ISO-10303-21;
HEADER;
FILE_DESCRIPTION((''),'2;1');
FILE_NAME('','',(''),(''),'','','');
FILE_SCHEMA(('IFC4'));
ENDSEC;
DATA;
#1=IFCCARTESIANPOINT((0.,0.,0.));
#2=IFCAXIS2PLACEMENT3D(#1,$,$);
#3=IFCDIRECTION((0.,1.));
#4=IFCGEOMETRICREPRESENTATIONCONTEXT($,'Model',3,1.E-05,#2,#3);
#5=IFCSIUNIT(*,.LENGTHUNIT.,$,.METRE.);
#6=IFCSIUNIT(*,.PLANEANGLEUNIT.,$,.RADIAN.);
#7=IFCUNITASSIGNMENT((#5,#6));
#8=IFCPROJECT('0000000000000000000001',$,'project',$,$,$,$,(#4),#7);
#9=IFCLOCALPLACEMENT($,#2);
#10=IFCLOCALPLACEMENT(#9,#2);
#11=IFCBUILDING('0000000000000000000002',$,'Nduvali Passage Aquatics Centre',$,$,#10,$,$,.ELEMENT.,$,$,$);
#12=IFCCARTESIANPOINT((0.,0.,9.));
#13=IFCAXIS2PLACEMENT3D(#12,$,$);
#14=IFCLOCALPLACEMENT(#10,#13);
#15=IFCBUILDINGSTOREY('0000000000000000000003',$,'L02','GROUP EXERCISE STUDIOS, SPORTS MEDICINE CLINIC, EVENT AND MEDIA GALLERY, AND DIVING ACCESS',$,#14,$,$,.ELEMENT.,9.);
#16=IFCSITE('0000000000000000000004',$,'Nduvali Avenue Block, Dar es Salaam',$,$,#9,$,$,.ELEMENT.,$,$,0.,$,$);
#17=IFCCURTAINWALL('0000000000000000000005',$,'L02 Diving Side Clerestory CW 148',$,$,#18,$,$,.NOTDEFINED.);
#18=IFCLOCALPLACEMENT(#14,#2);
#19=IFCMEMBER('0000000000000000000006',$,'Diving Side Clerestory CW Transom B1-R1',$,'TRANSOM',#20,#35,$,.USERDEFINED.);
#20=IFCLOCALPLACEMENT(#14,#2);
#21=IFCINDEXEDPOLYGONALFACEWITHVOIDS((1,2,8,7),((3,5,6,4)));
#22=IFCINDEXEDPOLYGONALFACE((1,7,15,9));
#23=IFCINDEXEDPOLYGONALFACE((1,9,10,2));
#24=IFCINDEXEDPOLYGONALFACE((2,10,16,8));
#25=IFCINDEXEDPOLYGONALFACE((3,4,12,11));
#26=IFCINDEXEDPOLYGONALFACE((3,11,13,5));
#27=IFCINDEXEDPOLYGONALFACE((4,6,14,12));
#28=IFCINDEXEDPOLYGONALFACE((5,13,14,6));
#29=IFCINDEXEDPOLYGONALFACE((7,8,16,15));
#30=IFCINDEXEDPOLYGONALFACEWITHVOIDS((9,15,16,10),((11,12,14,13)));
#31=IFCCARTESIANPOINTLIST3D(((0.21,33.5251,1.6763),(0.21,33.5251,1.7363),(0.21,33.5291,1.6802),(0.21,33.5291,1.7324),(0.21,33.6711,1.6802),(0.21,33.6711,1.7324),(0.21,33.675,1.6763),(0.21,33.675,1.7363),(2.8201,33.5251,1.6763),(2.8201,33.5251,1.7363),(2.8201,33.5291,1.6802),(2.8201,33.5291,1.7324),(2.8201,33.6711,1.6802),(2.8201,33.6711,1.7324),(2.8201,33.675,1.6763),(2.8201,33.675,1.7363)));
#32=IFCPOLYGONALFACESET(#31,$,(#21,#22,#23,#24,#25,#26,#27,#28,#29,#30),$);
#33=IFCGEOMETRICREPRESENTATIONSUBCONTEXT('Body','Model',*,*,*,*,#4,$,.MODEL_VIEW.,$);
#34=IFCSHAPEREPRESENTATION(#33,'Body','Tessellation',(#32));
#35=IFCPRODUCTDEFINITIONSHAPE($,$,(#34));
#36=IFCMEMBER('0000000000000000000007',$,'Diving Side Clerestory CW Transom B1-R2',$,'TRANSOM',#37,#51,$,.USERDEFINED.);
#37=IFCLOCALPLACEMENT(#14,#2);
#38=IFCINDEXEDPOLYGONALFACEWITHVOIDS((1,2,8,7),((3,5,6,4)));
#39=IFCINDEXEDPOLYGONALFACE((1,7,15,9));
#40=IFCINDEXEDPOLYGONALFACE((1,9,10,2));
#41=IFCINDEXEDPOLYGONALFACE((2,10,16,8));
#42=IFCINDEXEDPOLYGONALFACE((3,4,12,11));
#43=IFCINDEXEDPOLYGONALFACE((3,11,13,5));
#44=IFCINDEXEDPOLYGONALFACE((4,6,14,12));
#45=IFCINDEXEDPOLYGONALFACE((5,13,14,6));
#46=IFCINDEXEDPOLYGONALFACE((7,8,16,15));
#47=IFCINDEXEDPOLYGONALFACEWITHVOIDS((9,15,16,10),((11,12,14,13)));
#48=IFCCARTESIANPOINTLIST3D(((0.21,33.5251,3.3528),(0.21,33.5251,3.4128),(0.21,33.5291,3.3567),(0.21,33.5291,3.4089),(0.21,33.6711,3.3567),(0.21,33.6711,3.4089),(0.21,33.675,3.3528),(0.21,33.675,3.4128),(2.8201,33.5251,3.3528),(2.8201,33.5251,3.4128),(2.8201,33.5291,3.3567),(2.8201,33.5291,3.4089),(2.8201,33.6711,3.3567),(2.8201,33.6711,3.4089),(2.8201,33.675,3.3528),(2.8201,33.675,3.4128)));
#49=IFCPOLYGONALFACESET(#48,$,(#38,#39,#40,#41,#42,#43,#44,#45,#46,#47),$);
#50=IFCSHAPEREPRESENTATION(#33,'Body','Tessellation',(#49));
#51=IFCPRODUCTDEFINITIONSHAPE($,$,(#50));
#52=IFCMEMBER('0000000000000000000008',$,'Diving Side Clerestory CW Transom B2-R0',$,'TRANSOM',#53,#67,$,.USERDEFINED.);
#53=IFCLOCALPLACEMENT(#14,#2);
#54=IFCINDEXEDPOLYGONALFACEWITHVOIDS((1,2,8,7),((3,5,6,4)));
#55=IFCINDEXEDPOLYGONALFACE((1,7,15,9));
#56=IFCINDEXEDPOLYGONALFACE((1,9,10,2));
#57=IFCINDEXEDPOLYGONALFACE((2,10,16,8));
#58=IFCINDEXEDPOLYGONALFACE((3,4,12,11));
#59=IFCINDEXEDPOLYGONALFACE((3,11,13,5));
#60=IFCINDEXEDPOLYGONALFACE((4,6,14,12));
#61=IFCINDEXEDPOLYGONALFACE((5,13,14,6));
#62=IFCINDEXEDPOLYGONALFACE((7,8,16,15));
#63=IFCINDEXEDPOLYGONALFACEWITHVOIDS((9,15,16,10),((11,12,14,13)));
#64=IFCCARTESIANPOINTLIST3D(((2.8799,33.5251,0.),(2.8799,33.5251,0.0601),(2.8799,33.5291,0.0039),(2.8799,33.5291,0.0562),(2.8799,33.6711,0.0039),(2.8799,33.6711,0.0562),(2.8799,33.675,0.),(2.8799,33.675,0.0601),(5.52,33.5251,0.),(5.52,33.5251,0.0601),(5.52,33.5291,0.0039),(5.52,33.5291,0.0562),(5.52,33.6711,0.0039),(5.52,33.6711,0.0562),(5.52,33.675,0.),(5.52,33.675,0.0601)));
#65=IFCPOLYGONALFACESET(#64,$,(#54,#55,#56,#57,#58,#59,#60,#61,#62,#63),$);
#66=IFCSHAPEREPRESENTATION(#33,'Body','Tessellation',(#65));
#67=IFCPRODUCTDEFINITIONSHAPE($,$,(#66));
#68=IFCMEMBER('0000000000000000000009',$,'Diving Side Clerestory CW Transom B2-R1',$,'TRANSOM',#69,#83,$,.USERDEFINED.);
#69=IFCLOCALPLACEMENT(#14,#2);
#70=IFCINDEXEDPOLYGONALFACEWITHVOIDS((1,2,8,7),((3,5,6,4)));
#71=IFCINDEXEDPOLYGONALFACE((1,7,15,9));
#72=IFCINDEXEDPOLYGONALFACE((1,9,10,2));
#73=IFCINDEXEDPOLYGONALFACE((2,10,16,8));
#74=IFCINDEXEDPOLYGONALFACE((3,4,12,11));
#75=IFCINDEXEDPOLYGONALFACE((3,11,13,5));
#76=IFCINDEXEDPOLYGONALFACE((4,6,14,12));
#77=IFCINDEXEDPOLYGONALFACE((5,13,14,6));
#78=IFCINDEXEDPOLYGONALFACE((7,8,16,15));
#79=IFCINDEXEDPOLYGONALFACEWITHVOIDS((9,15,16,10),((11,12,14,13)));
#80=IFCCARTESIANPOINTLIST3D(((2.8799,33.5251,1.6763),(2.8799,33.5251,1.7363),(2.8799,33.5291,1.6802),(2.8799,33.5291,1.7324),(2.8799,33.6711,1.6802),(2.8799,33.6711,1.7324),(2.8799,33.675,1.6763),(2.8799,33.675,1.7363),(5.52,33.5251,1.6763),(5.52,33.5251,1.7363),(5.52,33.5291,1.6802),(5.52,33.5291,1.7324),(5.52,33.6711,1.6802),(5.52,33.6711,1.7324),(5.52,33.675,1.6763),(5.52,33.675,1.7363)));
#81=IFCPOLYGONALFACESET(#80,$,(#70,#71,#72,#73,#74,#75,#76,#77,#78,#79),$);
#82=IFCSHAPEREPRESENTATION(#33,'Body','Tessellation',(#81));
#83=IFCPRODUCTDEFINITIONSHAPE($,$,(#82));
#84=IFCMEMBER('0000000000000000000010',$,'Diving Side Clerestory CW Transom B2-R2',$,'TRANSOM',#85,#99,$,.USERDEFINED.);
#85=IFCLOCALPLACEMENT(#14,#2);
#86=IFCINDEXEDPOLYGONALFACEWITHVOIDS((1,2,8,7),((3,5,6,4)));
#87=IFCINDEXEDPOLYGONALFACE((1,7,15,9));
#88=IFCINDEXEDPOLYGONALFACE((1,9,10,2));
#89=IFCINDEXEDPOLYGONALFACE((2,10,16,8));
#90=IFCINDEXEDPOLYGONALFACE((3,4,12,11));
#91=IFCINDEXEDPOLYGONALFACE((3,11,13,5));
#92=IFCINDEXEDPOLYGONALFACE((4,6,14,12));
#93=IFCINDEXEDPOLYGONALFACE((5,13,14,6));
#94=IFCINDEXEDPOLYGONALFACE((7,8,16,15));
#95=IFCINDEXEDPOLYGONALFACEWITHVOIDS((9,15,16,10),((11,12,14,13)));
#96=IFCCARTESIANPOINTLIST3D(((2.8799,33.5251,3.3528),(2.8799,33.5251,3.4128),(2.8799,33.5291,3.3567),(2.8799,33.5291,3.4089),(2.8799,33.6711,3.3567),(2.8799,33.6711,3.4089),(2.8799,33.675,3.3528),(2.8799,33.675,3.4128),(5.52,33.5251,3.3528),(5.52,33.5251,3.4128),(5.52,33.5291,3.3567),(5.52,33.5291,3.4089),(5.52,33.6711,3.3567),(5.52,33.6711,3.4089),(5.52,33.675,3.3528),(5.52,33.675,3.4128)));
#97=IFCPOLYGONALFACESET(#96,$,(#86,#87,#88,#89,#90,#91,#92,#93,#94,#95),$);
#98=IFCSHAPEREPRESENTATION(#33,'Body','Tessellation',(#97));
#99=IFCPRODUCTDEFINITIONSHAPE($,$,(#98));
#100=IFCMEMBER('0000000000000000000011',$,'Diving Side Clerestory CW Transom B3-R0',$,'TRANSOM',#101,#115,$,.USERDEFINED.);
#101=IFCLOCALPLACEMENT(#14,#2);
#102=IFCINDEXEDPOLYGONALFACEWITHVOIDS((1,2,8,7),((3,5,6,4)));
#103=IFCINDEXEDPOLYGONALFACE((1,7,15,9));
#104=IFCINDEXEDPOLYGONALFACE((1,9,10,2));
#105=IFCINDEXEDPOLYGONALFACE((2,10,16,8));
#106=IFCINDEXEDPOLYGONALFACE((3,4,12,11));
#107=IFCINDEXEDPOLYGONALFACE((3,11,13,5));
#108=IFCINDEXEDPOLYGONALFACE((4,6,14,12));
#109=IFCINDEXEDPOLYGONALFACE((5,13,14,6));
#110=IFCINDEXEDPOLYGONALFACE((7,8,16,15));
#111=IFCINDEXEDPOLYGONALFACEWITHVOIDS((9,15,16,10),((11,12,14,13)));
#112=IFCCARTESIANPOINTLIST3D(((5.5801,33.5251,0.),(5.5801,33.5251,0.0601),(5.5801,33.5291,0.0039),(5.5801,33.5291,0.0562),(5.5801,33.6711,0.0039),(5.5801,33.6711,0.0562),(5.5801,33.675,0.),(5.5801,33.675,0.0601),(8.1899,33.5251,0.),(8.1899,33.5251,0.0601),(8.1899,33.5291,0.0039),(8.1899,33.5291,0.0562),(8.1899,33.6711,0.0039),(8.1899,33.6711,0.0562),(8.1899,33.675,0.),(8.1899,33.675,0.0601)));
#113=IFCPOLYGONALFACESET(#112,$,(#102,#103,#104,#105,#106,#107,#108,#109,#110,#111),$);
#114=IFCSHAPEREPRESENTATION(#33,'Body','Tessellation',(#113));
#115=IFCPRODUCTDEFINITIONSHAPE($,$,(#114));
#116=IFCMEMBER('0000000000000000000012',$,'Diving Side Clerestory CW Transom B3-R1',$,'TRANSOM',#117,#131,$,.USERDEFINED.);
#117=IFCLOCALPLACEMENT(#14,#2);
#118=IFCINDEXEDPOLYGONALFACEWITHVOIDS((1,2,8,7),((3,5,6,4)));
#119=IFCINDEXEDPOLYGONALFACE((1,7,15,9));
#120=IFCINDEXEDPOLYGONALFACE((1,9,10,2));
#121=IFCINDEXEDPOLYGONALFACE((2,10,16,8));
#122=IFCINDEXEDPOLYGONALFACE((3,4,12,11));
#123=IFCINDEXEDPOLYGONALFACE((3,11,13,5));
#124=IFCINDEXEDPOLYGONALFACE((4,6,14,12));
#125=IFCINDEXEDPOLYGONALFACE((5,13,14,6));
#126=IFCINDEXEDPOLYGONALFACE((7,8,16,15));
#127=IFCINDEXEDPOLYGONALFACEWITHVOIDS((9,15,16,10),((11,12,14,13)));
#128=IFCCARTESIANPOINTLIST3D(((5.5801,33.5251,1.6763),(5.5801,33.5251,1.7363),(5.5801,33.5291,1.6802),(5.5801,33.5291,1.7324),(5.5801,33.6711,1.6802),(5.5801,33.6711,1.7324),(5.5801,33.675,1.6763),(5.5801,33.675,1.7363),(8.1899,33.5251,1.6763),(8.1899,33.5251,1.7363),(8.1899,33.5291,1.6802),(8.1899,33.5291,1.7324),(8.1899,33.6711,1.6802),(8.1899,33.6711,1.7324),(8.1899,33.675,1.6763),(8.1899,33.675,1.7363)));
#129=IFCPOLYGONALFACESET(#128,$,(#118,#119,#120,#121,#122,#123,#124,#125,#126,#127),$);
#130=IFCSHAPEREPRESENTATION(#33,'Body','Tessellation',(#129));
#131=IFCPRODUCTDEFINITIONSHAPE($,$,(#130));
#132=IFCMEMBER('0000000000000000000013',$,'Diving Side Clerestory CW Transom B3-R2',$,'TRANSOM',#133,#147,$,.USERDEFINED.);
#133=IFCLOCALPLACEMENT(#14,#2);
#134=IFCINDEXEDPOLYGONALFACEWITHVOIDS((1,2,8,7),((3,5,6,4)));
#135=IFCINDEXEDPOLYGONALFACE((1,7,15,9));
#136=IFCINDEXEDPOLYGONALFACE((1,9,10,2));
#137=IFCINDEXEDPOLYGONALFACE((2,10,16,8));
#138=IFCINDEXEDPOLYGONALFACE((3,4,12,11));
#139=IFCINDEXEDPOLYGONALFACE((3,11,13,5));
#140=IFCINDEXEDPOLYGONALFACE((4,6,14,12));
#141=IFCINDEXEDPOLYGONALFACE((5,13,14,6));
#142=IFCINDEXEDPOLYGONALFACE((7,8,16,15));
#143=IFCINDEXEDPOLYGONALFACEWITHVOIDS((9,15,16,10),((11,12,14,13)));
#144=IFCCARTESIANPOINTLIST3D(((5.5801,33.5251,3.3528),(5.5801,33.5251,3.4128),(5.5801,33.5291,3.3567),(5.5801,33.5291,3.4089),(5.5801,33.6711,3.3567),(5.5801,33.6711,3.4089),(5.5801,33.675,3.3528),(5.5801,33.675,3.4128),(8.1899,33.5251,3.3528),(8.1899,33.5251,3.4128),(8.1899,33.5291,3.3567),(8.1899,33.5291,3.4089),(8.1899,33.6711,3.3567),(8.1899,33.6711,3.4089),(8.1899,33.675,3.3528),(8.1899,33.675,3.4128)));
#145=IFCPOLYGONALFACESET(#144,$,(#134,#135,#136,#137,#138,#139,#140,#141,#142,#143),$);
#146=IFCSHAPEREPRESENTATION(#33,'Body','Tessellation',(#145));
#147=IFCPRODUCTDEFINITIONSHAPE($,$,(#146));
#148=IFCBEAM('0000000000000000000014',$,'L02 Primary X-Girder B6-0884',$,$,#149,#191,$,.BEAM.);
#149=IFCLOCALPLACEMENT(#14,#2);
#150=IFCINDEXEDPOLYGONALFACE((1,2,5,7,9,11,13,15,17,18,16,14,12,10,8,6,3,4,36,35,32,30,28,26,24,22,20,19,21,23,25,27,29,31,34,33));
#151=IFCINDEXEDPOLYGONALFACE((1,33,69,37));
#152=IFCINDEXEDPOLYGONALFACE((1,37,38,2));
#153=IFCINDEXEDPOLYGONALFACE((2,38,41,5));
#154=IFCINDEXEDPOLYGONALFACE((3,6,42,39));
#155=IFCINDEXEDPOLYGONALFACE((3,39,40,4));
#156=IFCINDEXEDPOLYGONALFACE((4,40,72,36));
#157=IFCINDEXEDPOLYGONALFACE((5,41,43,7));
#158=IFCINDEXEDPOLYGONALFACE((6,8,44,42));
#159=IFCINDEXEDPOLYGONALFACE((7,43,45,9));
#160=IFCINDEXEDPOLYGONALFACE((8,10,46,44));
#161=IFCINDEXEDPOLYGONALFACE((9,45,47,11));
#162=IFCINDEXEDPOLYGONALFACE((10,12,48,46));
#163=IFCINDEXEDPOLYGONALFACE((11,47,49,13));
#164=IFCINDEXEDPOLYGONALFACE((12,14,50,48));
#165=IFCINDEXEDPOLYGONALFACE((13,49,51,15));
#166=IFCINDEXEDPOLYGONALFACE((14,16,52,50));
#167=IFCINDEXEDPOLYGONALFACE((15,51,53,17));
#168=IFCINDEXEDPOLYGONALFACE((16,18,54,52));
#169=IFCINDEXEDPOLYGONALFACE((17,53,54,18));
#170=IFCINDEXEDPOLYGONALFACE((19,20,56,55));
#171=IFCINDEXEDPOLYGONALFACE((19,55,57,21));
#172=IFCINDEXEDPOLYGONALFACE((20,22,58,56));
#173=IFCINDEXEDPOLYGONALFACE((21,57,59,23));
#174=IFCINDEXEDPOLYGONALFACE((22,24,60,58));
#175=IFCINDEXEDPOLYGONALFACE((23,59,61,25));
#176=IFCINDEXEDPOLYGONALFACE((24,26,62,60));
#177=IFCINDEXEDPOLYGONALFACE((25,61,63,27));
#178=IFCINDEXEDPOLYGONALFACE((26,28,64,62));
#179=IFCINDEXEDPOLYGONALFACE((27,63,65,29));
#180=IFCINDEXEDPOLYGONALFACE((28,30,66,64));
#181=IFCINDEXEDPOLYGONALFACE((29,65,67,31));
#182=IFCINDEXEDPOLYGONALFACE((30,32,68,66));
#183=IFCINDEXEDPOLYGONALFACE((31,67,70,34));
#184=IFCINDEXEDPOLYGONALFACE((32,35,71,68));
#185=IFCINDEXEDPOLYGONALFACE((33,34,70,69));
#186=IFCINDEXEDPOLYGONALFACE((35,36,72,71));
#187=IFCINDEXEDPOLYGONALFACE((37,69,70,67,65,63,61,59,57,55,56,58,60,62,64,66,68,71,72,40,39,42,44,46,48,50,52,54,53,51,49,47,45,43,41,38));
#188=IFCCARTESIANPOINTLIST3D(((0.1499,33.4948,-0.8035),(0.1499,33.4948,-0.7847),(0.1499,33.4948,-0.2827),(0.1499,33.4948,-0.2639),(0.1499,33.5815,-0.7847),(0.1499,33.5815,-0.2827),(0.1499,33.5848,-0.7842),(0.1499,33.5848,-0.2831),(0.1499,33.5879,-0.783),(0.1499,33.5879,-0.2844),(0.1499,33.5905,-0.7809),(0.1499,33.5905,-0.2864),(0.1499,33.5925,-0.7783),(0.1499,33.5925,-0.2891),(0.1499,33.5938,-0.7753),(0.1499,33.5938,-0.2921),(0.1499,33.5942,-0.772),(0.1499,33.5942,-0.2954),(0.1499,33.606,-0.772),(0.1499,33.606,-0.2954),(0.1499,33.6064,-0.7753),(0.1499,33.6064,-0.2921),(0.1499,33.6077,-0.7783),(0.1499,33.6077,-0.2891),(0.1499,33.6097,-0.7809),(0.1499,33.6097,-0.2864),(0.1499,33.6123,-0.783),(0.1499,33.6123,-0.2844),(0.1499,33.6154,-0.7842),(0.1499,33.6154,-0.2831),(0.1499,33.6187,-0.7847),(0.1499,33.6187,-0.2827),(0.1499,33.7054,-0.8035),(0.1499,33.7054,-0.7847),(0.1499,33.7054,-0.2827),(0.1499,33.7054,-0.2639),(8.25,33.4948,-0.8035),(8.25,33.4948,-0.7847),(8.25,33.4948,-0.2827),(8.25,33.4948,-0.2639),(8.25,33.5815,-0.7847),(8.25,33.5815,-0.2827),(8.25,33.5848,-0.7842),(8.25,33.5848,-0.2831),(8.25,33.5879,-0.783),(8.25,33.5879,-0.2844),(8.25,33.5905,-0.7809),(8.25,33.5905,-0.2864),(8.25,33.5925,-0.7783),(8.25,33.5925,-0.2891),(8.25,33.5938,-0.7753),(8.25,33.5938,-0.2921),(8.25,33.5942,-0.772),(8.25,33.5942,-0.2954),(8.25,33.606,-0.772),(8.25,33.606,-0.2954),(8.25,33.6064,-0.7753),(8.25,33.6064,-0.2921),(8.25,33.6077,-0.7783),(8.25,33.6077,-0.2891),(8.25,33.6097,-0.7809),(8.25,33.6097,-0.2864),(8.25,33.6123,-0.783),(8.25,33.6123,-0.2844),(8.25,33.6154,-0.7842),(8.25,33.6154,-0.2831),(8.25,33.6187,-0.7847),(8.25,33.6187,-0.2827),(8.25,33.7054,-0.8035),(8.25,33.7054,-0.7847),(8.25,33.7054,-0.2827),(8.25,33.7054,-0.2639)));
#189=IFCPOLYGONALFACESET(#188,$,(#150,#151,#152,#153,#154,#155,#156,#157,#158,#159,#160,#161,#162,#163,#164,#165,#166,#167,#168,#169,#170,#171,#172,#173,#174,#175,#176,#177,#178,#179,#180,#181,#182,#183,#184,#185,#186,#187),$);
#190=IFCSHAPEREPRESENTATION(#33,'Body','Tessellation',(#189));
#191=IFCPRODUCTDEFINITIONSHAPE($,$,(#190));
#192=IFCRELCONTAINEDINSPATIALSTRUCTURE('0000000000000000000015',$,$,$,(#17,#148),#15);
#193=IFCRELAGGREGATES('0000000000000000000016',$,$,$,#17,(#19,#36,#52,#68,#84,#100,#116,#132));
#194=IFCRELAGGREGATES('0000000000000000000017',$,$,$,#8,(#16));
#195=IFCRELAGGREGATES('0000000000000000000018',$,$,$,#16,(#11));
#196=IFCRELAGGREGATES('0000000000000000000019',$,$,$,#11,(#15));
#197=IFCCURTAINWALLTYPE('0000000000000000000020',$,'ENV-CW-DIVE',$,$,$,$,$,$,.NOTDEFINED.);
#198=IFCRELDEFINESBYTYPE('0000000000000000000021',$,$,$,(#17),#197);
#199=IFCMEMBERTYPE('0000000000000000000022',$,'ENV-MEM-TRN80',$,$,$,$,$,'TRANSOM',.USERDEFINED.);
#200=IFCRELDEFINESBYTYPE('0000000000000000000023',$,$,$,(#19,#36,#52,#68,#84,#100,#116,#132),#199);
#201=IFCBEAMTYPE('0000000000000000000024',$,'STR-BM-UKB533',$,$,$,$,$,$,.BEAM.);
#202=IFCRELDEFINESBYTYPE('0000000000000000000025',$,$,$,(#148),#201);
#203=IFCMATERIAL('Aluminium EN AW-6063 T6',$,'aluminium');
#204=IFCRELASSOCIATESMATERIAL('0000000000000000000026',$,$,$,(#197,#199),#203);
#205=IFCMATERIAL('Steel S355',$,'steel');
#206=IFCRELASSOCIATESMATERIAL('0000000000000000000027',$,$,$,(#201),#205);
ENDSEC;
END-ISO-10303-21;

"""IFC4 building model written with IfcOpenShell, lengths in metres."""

from ifc_helpers import new_model, si_unit, direction, frame, origin, origin_2d, place, context, subcontext, project, spatial, hollow_rectangle, i_section, extrude, material, material_profile, profile_set, type_object, element, aggregate, save


model = new_model("IFC4")

# Units and contexts
model_context = context("Model", 3, precision=1e-05, world=origin(), true_north=direction((0.0, 1.0)))
body_context = subcontext(model_context, "Body", "Model", "MODEL_VIEW")
ifc_project = project(units=[si_unit("LENGTHUNIT", "METRE"), si_unit("PLANEANGLEUNIT", "RADIAN")], contexts=[model_context])

# Site, building, storey
site_placement = place(None, origin())
site = spatial("IfcSite", under=ifc_project, at=site_placement, Name="Nduvali Avenue Block, Dar es Salaam", CompositionType="ELEMENT", RefElevation=0.0)
building_placement = place(site_placement, origin())
building = spatial("IfcBuilding", under=site, at=building_placement, Name="Nduvali Passage Aquatics Centre", CompositionType="ELEMENT")
storey_placement = place(building_placement, frame((0.0, 0.0, 9.0)))
storey = spatial("IfcBuildingStorey", under=building, at=storey_placement, Name="L02", Description="GROUP EXERCISE STUDIOS, SPORTS MEDICINE CLINIC, EVENT AND MEDIA GALLERY, AND DIVING ACCESS", CompositionType="ELEMENT", Elevation=9.0)

# Shared definitions
ifc_material_1 = material(Name="Steel S355", Category="steel")

# Curtain wall, members
ifc_material_2 = material(Name="Aluminium EN AW-6063 T6", Category="aluminium")
curtain_wall_type = type_object("IfcCurtainWallType", Name="ENV-CW-DIVE", PredefinedType="NOTDEFINED", material=ifc_material_2)
curtain_wall_placement = place(storey_placement, origin())
curtain_wall = element("IfcCurtainWall", 1, at=curtain_wall_placement, inside=storey, type_object=curtain_wall_type, Name="L02 Diving Side Clerestory CW 148", PredefinedType="NOTDEFINED")
ifc_material_profile_1 = material_profile(ifc_material_2, hollow_rectangle(XDim=0.1499, YDim=0.0601, WallThickness=0.0039, at=origin_2d()), Name="ALU TRANSOM 150x60x4")
ifc_profile_set_1 = profile_set([ifc_material_profile_1], Name="Aluminium EN AW-6063 T6")
member_type_1 = type_object("IfcMemberType", Name="ENV-MEM-TRN80", ElementType="TRANSOM", PredefinedType="USERDEFINED", material=ifc_profile_set_1)
member_1_placement = place(storey_placement, frame((0.21, 33.6001, 1.7063), z_axis=(1.0, 0.0, 0.0), x_axis=(0.0, 1.0, 0.0)))
member_1 = element("IfcMember", 2, at=member_1_placement, type_object=member_type_1, Name="Diving Side Clerestory CW Transom B1-R1", ObjectType="TRANSOM", PredefinedType="USERDEFINED", context=body_context, shape_type="SweptSolid", body=[
    extrude(hollow_rectangle(XDim=0.1499, YDim=0.0601, WallThickness=0.0039, at=origin_2d()), origin(), (0.0, 0.0, 1.0), 2.6101),
])
member_2_placement = place(storey_placement, frame((0.21, 33.6001, 3.3828), z_axis=(1.0, 0.0, 0.0), x_axis=(0.0, 1.0, 0.0)))
member_2 = element("IfcMember", 3, at=member_2_placement, type_object=member_type_1, Name="Diving Side Clerestory CW Transom B1-R2", ObjectType="TRANSOM", PredefinedType="USERDEFINED", context=body_context, shape_type="SweptSolid", body=[
    extrude(hollow_rectangle(XDim=0.1499, YDim=0.0601, WallThickness=0.0039, at=origin_2d()), origin(), (0.0, 0.0, 1.0), 2.6101),
])
member_3_placement = place(storey_placement, frame((2.8799, 33.6001, 0.03), z_axis=(1.0, 0.0, 0.0), x_axis=(0.0, 1.0, 0.0)))
member_3 = element("IfcMember", 4, at=member_3_placement, type_object=member_type_1, Name="Diving Side Clerestory CW Transom B2-R0", ObjectType="TRANSOM", PredefinedType="USERDEFINED", context=body_context, shape_type="SweptSolid", body=[
    extrude(hollow_rectangle(XDim=0.1499, YDim=0.0601, WallThickness=0.0039, at=origin_2d()), origin(), (0.0, 0.0, 1.0), 2.6401),
])
member_4_placement = place(storey_placement, frame((2.8799, 33.6001, 1.7063), z_axis=(1.0, 0.0, 0.0), x_axis=(0.0, 1.0, 0.0)))
member_4 = element("IfcMember", 5, at=member_4_placement, type_object=member_type_1, Name="Diving Side Clerestory CW Transom B2-R1", ObjectType="TRANSOM", PredefinedType="USERDEFINED", context=body_context, shape_type="SweptSolid", body=[
    extrude(hollow_rectangle(XDim=0.1499, YDim=0.0601, WallThickness=0.0039, at=origin_2d()), origin(), (0.0, 0.0, 1.0), 2.6401),
])
member_5_placement = place(storey_placement, frame((2.8799, 33.6001, 3.3828), z_axis=(1.0, 0.0, 0.0), x_axis=(0.0, 1.0, 0.0)))
member_5 = element("IfcMember", 6, at=member_5_placement, type_object=member_type_1, Name="Diving Side Clerestory CW Transom B2-R2", ObjectType="TRANSOM", PredefinedType="USERDEFINED", context=body_context, shape_type="SweptSolid", body=[
    extrude(hollow_rectangle(XDim=0.1499, YDim=0.0601, WallThickness=0.0039, at=origin_2d()), origin(), (0.0, 0.0, 1.0), 2.6401),
])
member_6_placement = place(storey_placement, frame((5.5801, 33.6001, 0.03), z_axis=(1.0, 0.0, 0.0), x_axis=(0.0, 1.0, 0.0)))
member_6 = element("IfcMember", 7, at=member_6_placement, type_object=member_type_1, Name="Diving Side Clerestory CW Transom B3-R0", ObjectType="TRANSOM", PredefinedType="USERDEFINED", context=body_context, shape_type="SweptSolid", body=[
    extrude(hollow_rectangle(XDim=0.1499, YDim=0.0601, WallThickness=0.0039, at=origin_2d()), origin(), (0.0, 0.0, 1.0), 2.6099),
])
member_7_placement = place(storey_placement, frame((5.5801, 33.6001, 1.7063), z_axis=(1.0, 0.0, 0.0), x_axis=(0.0, 1.0, 0.0)))
member_7 = element("IfcMember", 8, at=member_7_placement, type_object=member_type_1, Name="Diving Side Clerestory CW Transom B3-R1", ObjectType="TRANSOM", PredefinedType="USERDEFINED", context=body_context, shape_type="SweptSolid", body=[
    extrude(hollow_rectangle(XDim=0.1499, YDim=0.0601, WallThickness=0.0039, at=origin_2d()), origin(), (0.0, 0.0, 1.0), 2.6099),
])
member_8_placement = place(storey_placement, frame((5.5801, 33.6001, 3.3828), z_axis=(1.0, 0.0, 0.0), x_axis=(0.0, 1.0, 0.0)))
member_8 = element("IfcMember", 9, at=member_8_placement, type_object=member_type_1, Name="Diving Side Clerestory CW Transom B3-R2", ObjectType="TRANSOM", PredefinedType="USERDEFINED", context=body_context, shape_type="SweptSolid", body=[
    extrude(hollow_rectangle(XDim=0.1499, YDim=0.0601, WallThickness=0.0039, at=origin_2d()), origin(), (0.0, 0.0, 1.0), 2.6099),
])

# Beam
ifc_material_profile_2 = material_profile(ifc_material_1, i_section(OverallWidth=0.2107, OverallDepth=0.5396, WebThickness=0.0117, FlangeThickness=0.0188, FilletRadius=0.0127, at=origin_2d()), Name="UKB 533x210x109")
ifc_profile_set_2 = profile_set([ifc_material_profile_2], Name="Steel S355")
beam_type = type_object("IfcBeamType", Name="STR-BM-UKB533", PredefinedType="BEAM", material=ifc_profile_set_2)
beam_1_placement = place(storey_placement, frame((0.1499, 33.6001, -0.5337), z_axis=(1.0, 0.0, 0.0), x_axis=(0.0, 1.0, 0.0)))
element("IfcBeam", 10, at=beam_1_placement, inside=storey, type_object=beam_type, Name="L02 Primary X-Girder B6-0884", PredefinedType="BEAM", context=body_context, shape_type="SweptSolid", body=[
    extrude(i_section(OverallWidth=0.2107, OverallDepth=0.5396, WebThickness=0.0117, FlangeThickness=0.0188, FilletRadius=0.0127, at=origin_2d()), origin(), (0.0, 0.0, 1.0), 8.1001),
])

aggregate(curtain_wall, [member_1, member_2, member_3, member_4, member_5, member_6, member_7, member_8])

save(model, "model.ifc")
